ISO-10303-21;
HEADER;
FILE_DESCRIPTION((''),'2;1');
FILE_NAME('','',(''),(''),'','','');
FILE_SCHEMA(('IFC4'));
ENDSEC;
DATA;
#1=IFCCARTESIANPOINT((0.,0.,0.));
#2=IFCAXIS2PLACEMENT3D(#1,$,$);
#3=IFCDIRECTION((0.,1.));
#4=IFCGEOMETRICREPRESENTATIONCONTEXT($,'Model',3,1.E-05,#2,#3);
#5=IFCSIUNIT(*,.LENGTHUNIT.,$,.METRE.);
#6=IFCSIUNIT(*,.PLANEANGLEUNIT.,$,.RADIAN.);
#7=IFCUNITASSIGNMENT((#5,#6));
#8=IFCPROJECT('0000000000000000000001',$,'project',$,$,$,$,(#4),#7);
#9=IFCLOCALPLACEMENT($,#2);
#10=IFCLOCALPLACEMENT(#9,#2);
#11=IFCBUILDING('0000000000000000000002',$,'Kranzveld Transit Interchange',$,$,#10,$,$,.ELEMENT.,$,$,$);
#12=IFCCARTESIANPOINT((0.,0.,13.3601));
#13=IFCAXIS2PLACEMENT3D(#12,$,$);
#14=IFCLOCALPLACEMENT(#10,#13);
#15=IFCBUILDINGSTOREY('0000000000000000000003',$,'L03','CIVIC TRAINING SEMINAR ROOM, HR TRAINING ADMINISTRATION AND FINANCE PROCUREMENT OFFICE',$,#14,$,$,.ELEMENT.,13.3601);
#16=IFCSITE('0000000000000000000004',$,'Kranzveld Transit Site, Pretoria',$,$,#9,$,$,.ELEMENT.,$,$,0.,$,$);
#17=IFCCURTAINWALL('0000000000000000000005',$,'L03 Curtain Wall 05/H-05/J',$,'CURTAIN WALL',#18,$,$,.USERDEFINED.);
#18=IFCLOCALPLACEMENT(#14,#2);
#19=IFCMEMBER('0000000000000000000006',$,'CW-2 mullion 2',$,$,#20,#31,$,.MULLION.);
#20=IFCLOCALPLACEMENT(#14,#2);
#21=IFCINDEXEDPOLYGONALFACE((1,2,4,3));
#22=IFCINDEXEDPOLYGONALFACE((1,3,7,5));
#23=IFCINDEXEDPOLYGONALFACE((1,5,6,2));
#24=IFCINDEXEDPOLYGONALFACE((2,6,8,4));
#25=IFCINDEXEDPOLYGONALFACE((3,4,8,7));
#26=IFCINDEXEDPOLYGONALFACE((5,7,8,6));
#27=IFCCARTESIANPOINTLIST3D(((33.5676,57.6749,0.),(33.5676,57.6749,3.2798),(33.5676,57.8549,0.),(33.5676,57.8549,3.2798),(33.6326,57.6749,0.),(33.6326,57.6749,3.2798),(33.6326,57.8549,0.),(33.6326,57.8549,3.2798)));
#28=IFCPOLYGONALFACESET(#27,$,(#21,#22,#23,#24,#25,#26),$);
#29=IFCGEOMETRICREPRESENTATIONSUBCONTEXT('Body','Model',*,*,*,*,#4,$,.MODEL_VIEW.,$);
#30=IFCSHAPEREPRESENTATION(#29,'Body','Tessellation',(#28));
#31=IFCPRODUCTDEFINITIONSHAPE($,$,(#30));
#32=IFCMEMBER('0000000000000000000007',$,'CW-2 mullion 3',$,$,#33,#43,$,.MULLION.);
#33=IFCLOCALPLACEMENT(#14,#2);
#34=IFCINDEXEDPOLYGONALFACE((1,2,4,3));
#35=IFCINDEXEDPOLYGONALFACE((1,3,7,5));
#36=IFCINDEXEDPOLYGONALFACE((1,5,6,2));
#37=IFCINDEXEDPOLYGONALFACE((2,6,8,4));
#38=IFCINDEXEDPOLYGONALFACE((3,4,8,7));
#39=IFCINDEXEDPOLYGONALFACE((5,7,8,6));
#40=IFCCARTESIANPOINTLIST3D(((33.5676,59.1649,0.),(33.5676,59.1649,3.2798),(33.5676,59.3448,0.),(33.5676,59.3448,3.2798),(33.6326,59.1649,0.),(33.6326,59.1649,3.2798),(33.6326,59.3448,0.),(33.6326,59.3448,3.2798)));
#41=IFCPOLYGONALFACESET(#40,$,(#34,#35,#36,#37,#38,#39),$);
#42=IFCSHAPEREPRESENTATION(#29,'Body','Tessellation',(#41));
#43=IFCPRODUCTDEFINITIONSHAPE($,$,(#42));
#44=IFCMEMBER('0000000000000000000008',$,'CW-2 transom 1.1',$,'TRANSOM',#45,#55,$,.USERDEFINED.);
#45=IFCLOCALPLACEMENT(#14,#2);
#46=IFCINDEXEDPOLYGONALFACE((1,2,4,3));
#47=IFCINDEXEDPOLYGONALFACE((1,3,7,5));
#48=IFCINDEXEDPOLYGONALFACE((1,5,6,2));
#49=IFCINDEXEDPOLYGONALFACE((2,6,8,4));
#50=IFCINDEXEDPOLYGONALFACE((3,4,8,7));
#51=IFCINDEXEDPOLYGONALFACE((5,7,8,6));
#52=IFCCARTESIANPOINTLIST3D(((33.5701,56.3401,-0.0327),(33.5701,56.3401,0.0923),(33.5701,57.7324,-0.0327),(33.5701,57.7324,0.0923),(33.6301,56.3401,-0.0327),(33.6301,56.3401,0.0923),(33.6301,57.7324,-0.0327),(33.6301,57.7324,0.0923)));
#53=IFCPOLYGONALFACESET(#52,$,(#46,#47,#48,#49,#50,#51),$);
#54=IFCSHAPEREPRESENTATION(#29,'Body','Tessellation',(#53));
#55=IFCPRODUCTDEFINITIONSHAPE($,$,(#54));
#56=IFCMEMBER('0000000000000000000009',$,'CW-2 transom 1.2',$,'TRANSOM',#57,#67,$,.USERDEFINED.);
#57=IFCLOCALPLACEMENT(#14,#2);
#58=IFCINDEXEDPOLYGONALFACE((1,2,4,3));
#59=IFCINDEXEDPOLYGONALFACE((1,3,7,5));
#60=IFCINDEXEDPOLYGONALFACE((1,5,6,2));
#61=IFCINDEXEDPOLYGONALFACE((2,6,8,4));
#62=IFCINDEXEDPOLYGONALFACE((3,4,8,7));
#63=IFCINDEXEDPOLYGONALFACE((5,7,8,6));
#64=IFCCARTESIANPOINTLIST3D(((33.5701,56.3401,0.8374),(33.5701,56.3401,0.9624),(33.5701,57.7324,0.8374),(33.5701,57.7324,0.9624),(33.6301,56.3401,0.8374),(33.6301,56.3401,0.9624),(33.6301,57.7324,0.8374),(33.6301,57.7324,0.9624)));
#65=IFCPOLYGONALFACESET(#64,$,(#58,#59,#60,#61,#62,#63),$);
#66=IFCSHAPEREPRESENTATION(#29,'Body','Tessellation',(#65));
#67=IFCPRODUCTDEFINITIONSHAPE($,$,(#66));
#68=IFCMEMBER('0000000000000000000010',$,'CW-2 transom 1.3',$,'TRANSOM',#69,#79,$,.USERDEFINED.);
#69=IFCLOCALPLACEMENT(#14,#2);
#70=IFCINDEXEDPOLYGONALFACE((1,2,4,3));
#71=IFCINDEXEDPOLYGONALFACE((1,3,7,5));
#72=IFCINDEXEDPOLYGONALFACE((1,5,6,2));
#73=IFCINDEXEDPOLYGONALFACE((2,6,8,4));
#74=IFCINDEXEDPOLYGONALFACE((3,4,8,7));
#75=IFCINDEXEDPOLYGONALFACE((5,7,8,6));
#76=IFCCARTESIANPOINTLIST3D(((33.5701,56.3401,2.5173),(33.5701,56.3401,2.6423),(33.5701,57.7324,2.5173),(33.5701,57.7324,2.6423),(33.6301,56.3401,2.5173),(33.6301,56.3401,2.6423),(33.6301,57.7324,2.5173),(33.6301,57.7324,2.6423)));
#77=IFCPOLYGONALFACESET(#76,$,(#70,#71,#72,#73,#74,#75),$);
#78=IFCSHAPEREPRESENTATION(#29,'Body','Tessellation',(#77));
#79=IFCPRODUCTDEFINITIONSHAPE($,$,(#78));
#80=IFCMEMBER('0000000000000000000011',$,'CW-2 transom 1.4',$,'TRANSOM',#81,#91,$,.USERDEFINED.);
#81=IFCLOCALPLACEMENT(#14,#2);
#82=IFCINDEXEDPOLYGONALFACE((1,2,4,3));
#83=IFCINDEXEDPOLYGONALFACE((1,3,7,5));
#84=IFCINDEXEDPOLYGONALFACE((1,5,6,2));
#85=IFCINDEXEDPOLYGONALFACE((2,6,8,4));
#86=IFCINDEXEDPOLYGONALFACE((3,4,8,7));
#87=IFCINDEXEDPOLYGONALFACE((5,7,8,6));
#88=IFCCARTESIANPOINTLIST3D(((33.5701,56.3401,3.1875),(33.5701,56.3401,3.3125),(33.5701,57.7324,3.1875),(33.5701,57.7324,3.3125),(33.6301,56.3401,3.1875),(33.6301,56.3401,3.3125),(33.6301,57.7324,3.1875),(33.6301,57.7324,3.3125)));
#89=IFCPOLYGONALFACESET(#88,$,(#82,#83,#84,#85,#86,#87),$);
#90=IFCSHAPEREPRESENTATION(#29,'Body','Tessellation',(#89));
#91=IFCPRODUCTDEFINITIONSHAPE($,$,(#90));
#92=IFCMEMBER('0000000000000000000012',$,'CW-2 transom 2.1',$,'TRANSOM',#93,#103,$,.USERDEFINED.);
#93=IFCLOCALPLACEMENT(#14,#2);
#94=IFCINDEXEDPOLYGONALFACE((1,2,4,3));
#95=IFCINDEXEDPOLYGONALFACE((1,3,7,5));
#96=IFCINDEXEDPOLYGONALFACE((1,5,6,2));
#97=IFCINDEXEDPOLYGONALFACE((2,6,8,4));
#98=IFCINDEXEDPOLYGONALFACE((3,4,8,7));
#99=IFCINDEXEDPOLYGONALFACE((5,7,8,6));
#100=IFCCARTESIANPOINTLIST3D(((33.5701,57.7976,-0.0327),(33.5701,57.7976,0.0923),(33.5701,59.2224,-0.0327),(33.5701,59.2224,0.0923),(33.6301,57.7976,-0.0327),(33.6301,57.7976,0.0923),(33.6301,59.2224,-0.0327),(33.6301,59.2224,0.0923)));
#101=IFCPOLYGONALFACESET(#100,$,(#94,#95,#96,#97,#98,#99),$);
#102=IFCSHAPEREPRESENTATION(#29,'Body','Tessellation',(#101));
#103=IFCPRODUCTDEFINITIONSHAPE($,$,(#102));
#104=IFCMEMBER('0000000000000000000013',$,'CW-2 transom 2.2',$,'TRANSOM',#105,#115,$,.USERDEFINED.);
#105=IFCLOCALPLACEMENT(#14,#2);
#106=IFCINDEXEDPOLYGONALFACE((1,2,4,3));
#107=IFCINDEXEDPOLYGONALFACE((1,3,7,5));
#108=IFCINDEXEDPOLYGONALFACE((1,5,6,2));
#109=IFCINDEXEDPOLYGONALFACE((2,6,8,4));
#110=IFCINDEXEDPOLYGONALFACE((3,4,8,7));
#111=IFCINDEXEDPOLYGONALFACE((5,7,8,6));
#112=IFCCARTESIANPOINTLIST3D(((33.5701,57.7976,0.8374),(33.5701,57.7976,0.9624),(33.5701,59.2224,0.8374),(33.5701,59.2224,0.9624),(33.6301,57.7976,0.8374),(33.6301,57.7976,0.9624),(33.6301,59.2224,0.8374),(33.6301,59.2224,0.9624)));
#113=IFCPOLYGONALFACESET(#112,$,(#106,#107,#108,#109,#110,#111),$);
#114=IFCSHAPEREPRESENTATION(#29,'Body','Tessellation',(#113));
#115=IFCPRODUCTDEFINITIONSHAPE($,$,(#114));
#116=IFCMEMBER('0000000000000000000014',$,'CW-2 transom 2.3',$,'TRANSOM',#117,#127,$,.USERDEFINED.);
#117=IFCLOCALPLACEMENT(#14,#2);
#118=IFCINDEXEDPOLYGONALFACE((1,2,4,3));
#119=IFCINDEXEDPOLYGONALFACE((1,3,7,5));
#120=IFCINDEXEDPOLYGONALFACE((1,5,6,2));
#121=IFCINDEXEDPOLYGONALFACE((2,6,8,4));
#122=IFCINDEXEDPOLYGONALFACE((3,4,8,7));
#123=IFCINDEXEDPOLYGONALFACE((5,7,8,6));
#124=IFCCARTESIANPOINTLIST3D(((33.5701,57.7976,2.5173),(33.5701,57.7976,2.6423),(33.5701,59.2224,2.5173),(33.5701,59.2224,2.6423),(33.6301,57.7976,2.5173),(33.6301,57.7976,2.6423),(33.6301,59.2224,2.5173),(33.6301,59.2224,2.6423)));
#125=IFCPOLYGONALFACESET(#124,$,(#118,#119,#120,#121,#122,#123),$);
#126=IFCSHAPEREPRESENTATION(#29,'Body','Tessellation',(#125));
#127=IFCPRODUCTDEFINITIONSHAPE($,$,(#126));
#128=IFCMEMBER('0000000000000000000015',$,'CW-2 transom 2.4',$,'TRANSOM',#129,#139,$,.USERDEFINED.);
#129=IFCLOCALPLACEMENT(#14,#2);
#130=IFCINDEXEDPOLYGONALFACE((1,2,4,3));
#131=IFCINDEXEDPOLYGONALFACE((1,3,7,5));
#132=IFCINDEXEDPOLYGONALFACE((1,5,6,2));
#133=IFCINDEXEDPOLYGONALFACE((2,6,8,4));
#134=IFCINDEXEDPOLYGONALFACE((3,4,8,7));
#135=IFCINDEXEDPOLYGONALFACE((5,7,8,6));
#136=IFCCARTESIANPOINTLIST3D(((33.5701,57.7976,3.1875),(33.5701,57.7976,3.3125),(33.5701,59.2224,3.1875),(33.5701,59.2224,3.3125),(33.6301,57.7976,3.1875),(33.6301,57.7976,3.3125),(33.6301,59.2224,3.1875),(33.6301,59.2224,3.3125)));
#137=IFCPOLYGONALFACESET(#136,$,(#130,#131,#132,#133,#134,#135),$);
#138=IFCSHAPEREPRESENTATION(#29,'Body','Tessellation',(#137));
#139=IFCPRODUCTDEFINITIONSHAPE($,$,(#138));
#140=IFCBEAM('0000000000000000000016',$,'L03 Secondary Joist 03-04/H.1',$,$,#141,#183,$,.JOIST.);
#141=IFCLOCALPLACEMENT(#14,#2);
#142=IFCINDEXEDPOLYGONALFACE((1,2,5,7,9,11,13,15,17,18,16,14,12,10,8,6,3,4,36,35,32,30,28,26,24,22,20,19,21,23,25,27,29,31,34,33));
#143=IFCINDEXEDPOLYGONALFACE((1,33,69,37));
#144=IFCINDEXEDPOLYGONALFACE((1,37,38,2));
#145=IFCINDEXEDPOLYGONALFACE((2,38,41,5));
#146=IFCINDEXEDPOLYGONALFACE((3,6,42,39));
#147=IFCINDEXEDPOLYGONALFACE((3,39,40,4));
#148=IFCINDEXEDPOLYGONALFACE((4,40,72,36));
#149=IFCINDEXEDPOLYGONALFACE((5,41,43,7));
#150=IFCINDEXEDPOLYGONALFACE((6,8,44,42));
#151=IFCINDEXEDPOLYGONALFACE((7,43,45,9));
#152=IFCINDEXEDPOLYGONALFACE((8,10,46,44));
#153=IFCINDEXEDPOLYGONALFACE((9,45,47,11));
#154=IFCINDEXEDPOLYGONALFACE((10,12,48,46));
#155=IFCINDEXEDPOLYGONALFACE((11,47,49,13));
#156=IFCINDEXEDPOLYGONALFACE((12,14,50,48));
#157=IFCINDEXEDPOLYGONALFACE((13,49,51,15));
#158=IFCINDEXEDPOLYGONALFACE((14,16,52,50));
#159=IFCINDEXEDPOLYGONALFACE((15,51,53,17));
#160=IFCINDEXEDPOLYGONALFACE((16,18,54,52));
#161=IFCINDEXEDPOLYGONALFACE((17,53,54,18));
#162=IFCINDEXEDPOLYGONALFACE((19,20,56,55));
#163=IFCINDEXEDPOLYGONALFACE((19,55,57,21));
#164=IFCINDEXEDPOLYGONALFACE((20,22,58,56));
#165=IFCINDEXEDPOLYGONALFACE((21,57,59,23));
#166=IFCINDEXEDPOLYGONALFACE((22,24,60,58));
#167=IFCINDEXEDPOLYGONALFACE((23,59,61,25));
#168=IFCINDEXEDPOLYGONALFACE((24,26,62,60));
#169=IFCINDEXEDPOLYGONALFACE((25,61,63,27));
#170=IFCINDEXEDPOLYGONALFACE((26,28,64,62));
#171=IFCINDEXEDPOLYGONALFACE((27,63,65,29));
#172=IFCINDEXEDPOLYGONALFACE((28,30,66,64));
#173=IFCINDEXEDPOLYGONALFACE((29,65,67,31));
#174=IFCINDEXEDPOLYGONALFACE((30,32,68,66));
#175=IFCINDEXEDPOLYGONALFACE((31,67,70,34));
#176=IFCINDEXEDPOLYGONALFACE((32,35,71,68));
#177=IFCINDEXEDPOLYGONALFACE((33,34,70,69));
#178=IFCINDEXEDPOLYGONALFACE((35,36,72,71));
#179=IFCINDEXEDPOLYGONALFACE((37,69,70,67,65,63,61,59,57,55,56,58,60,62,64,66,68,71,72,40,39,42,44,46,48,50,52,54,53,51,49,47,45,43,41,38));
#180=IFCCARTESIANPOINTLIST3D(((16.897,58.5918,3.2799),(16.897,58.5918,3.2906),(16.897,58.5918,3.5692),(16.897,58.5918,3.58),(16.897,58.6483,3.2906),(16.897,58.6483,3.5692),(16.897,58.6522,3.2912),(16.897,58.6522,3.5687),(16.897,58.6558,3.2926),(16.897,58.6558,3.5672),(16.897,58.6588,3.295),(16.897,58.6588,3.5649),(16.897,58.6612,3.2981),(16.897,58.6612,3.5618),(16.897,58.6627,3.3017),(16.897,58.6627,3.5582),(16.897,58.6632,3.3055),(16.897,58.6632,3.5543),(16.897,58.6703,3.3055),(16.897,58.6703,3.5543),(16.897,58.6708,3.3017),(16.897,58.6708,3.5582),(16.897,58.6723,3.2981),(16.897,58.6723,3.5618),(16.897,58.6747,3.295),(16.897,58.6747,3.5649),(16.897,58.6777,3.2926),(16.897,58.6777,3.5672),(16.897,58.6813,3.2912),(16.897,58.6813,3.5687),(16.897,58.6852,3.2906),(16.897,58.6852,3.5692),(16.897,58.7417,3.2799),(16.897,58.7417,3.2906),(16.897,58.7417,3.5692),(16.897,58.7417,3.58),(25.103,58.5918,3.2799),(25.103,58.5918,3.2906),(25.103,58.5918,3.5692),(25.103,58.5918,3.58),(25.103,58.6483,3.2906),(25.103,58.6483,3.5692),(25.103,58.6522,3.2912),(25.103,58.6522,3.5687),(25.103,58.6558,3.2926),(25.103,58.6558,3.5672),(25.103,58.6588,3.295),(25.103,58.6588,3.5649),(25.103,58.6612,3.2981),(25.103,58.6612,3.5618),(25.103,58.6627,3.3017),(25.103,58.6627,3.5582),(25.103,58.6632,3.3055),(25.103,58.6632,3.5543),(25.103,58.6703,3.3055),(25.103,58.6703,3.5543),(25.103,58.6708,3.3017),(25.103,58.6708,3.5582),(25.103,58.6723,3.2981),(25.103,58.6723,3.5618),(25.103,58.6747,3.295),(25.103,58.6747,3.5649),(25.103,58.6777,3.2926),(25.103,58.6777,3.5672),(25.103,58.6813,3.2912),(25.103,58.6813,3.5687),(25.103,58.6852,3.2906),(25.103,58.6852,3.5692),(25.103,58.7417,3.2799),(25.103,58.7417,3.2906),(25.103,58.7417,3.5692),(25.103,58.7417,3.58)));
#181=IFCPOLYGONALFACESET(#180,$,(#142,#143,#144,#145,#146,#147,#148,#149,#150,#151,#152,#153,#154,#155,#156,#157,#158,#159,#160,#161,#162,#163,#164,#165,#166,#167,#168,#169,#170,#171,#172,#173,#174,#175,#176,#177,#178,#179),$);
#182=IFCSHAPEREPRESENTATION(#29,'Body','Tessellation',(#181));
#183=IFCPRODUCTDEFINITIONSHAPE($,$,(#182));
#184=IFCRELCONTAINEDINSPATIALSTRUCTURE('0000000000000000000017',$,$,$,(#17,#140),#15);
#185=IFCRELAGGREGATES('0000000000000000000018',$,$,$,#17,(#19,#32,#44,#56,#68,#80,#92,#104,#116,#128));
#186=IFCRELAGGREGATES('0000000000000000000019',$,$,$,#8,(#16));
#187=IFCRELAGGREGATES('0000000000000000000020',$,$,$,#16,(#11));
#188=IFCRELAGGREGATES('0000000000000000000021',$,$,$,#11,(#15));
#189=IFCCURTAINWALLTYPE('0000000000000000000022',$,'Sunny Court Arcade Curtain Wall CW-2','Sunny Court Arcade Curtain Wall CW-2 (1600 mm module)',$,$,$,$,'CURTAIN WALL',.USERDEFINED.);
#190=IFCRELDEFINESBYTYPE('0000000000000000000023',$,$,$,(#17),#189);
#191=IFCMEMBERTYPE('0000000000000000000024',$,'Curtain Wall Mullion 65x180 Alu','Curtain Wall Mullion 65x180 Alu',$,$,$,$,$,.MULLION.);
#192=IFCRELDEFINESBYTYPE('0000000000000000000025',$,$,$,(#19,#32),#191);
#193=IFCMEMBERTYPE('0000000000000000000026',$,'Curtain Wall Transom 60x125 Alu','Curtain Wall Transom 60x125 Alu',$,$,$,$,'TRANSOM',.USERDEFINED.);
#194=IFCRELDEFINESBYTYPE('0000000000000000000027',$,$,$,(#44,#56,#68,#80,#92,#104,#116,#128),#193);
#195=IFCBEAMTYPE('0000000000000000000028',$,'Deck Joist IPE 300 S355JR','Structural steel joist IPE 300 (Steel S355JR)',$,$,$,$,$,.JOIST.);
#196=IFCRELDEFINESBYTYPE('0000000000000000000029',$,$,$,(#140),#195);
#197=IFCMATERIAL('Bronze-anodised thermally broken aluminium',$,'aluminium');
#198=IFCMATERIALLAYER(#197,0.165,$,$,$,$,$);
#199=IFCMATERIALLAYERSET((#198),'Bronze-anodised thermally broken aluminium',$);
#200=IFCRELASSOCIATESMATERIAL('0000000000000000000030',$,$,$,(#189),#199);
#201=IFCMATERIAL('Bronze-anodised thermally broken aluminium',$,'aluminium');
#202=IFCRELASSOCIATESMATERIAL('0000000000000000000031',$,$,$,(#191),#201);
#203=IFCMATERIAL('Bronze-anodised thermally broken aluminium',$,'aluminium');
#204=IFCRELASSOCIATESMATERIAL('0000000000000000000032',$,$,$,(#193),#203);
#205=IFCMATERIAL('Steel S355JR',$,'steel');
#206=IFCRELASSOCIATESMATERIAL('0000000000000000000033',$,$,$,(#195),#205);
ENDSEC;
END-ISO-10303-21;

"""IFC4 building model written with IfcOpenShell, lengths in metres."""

from ifc_helpers import new_model, si_unit, direction, frame, origin, origin_2d, place, context, subcontext, project, spatial, rectangle, i_section, extrude, material, layer, layer_set, material_profile, profile_set, type_object, element, aggregate, save


model = new_model("IFC4")

# Units and contexts
model_context = context("Model", 3, precision=1e-05, world=origin(), true_north=direction((0.0, 1.0)))
body_context = subcontext(model_context, "Body", "Model", "MODEL_VIEW")
ifc_project = project(units=[si_unit("LENGTHUNIT", "METRE"), si_unit("PLANEANGLEUNIT", "RADIAN")], contexts=[model_context])

# Site, building, storey
site_placement = place(None, origin())
site = spatial("IfcSite", under=ifc_project, at=site_placement, Name="Kranzveld Transit Site, Pretoria", CompositionType="ELEMENT", RefElevation=0.0)
building_placement = place(site_placement, origin())
building = spatial("IfcBuilding", under=site, at=building_placement, Name="Kranzveld Transit Interchange", CompositionType="ELEMENT")
storey_placement = place(building_placement, frame((0.0, 0.0, 13.3601)))
storey = spatial("IfcBuildingStorey", under=building, at=storey_placement, Name="L03", Description="CIVIC TRAINING SEMINAR ROOM, HR TRAINING ADMINISTRATION AND FINANCE PROCUREMENT OFFICE", CompositionType="ELEMENT", Elevation=13.3601)

# Curtain wall, members
ifc_material_1 = material(Name="Bronze-anodised thermally broken aluminium", Category="aluminium")
ifc_layer_1 = layer(ifc_material_1, 0.165)
ifc_layer_set_1 = layer_set([ifc_layer_1], Name="Bronze-anodised thermally broken aluminium")
curtain_wall_type = type_object("IfcCurtainWallType", Name="Sunny Court Arcade Curtain Wall CW-2", Description="Sunny Court Arcade Curtain Wall CW-2 (1600 mm module)", ElementType="CURTAIN WALL", PredefinedType="USERDEFINED", material=ifc_layer_set_1)
curtain_wall_placement = place(storey_placement, origin())
curtain_wall = element("IfcCurtainWall", 1, at=curtain_wall_placement, inside=storey, type_object=curtain_wall_type, Name="L03 Curtain Wall 05/H-05/J", ObjectType="CURTAIN WALL", PredefinedType="USERDEFINED")
ifc_material_2 = material(Name="Bronze-anodised thermally broken aluminium", Category="aluminium")
ifc_material_profile_1 = material_profile(ifc_material_2, rectangle(XDim=0.0649, YDim=0.1799, at=origin_2d()), Name="ALU MULLION 65x180")
ifc_profile_set_1 = profile_set([ifc_material_profile_1], Name="Bronze-anodised thermally broken aluminium")
member_type_1 = type_object("IfcMemberType", Name="Curtain Wall Mullion 65x180 Alu", Description="Curtain Wall Mullion 65x180 Alu", PredefinedType="MULLION", material=ifc_profile_set_1)
member_1_placement = place(storey_placement, frame((33.6001, 57.7649, 0.0), z_axis=(0.0, 0.0, 1.0), x_axis=(-1.0, 0.0, 0.0)))
member_1 = element("IfcMember", 2, at=member_1_placement, type_object=member_type_1, Name="CW-2 mullion 2", PredefinedType="MULLION", context=body_context, shape_type="SweptSolid", body=[
    extrude(rectangle(XDim=0.0649, YDim=0.1799, at=origin_2d()), origin(), (0.0, 0.0, 1.0), 3.2798),
])
member_2_placement = place(storey_placement, frame((33.6001, 59.2549, 0.0), z_axis=(0.0, 0.0, 1.0), x_axis=(-1.0, 0.0, 0.0)))
member_2 = element("IfcMember", 3, at=member_2_placement, type_object=member_type_1, Name="CW-2 mullion 3", PredefinedType="MULLION", context=body_context, shape_type="SweptSolid", body=[
    extrude(rectangle(XDim=0.0649, YDim=0.1799, at=origin_2d()), origin(), (0.0, 0.0, 1.0), 3.2798),
])
ifc_material_3 = material(Name="Bronze-anodised thermally broken aluminium", Category="aluminium")
ifc_material_profile_2 = material_profile(ifc_material_3, rectangle(XDim=0.0601, YDim=0.125, at=origin_2d()), Name="ALU TRANSOM 60x125")
ifc_profile_set_2 = profile_set([ifc_material_profile_2], Name="Bronze-anodised thermally broken aluminium")
member_type_2 = type_object("IfcMemberType", Name="Curtain Wall Transom 60x125 Alu", Description="Curtain Wall Transom 60x125 Alu", ElementType="TRANSOM", PredefinedType="USERDEFINED", material=ifc_profile_set_2)
member_3_placement = place(storey_placement, frame((33.6001, 56.3401, 0.0298), z_axis=(0.0, 1.0, 0.0), x_axis=(-1.0, 0.0, 0.0)))
member_3 = element("IfcMember", 4, at=member_3_placement, type_object=member_type_2, Name="CW-2 transom 1.1", ObjectType="TRANSOM", PredefinedType="USERDEFINED", context=body_context, shape_type="SweptSolid", body=[
    extrude(rectangle(XDim=0.0601, YDim=0.125, at=origin_2d()), origin(), (0.0, 0.0, 1.0), 1.3923),
])
member_4_placement = place(storey_placement, frame((33.6001, 56.3401, 0.8999), z_axis=(0.0, 1.0, 0.0), x_axis=(-1.0, 0.0, 0.0)))
member_4 = element("IfcMember", 5, at=member_4_placement, type_object=member_type_2, Name="CW-2 transom 1.2", ObjectType="TRANSOM", PredefinedType="USERDEFINED", context=body_context, shape_type="SweptSolid", body=[
    extrude(rectangle(XDim=0.0601, YDim=0.125, at=origin_2d()), origin(), (0.0, 0.0, 1.0), 1.3923),
])
member_5_placement = place(storey_placement, frame((33.6001, 56.3401, 2.5798), z_axis=(0.0, 1.0, 0.0), x_axis=(-1.0, 0.0, 0.0)))
member_5 = element("IfcMember", 6, at=member_5_placement, type_object=member_type_2, Name="CW-2 transom 1.3", ObjectType="TRANSOM", PredefinedType="USERDEFINED", context=body_context, shape_type="SweptSolid", body=[
    extrude(rectangle(XDim=0.0601, YDim=0.125, at=origin_2d()), origin(), (0.0, 0.0, 1.0), 1.3923),
])
member_6_placement = place(storey_placement, frame((33.6001, 56.3401, 3.25), z_axis=(0.0, 1.0, 0.0), x_axis=(-1.0, 0.0, 0.0)))
member_6 = element("IfcMember", 7, at=member_6_placement, type_object=member_type_2, Name="CW-2 transom 1.4", ObjectType="TRANSOM", PredefinedType="USERDEFINED", context=body_context, shape_type="SweptSolid", body=[
    extrude(rectangle(XDim=0.0601, YDim=0.125, at=origin_2d()), origin(), (0.0, 0.0, 1.0), 1.3923),
])
member_7_placement = place(storey_placement, frame((33.6001, 57.7976, 0.0298), z_axis=(0.0, 1.0, 0.0), x_axis=(-1.0, 0.0, 0.0)))
member_7 = element("IfcMember", 8, at=member_7_placement, type_object=member_type_2, Name="CW-2 transom 2.1", ObjectType="TRANSOM", PredefinedType="USERDEFINED", context=body_context, shape_type="SweptSolid", body=[
    extrude(rectangle(XDim=0.0601, YDim=0.125, at=origin_2d()), origin(), (0.0, 0.0, 1.0), 1.4248),
])
member_8_placement = place(storey_placement, frame((33.6001, 57.7976, 0.8999), z_axis=(0.0, 1.0, 0.0), x_axis=(-1.0, 0.0, 0.0)))
member_8 = element("IfcMember", 9, at=member_8_placement, type_object=member_type_2, Name="CW-2 transom 2.2", ObjectType="TRANSOM", PredefinedType="USERDEFINED", context=body_context, shape_type="SweptSolid", body=[
    extrude(rectangle(XDim=0.0601, YDim=0.125, at=origin_2d()), origin(), (0.0, 0.0, 1.0), 1.4248),
])
member_9_placement = place(storey_placement, frame((33.6001, 57.7976, 2.5798), z_axis=(0.0, 1.0, 0.0), x_axis=(-1.0, 0.0, 0.0)))
member_9 = element("IfcMember", 10, at=member_9_placement, type_object=member_type_2, Name="CW-2 transom 2.3", ObjectType="TRANSOM", PredefinedType="USERDEFINED", context=body_context, shape_type="SweptSolid", body=[
    extrude(rectangle(XDim=0.0601, YDim=0.125, at=origin_2d()), origin(), (0.0, 0.0, 1.0), 1.4248),
])
member_10_placement = place(storey_placement, frame((33.6001, 57.7976, 3.25), z_axis=(0.0, 1.0, 0.0), x_axis=(-1.0, 0.0, 0.0)))
member_10 = element("IfcMember", 11, at=member_10_placement, type_object=member_type_2, Name="CW-2 transom 2.4", ObjectType="TRANSOM", PredefinedType="USERDEFINED", context=body_context, shape_type="SweptSolid", body=[
    extrude(rectangle(XDim=0.0601, YDim=0.125, at=origin_2d()), origin(), (0.0, 0.0, 1.0), 1.4248),
])

# Beam
ifc_material_4 = material(Name="Steel S355JR", Category="steel")
ifc_material_profile_3 = material_profile(ifc_material_4, i_section(OverallWidth=0.1499, OverallDepth=0.3, WebThickness=0.0071, FlangeThickness=0.0107, FilletRadius=0.0149, at=origin_2d()), Name="IPE 300")
ifc_profile_set_3 = profile_set([ifc_material_profile_3], Name="Steel S355JR")
beam_type_1 = type_object("IfcBeamType", Name="Deck Joist IPE 300 S355JR", Description="Structural steel joist IPE 300 (Steel S355JR)", PredefinedType="JOIST", material=ifc_profile_set_3)
beam_1_placement = place(storey_placement, frame((16.897, 58.6667, 3.4299), z_axis=(1.0, 0.0, 0.0), x_axis=(0.0, 1.0, 0.0)))
element("IfcBeam", 12, at=beam_1_placement, inside=storey, type_object=beam_type_1, Name="L03 Secondary Joist 03-04/H.1", PredefinedType="JOIST", context=body_context, shape_type="SweptSolid", body=[
    extrude(i_section(OverallWidth=0.1499, OverallDepth=0.3, WebThickness=0.0071, FlangeThickness=0.0107, FilletRadius=0.0149, at=origin_2d()), origin(), (0.0, 0.0, 1.0), 8.2061),
])

aggregate(curtain_wall, [member_1, member_2, member_3, member_4, member_5, member_6, member_7, member_8, member_9, member_10])

save(model, "model.ifc")
